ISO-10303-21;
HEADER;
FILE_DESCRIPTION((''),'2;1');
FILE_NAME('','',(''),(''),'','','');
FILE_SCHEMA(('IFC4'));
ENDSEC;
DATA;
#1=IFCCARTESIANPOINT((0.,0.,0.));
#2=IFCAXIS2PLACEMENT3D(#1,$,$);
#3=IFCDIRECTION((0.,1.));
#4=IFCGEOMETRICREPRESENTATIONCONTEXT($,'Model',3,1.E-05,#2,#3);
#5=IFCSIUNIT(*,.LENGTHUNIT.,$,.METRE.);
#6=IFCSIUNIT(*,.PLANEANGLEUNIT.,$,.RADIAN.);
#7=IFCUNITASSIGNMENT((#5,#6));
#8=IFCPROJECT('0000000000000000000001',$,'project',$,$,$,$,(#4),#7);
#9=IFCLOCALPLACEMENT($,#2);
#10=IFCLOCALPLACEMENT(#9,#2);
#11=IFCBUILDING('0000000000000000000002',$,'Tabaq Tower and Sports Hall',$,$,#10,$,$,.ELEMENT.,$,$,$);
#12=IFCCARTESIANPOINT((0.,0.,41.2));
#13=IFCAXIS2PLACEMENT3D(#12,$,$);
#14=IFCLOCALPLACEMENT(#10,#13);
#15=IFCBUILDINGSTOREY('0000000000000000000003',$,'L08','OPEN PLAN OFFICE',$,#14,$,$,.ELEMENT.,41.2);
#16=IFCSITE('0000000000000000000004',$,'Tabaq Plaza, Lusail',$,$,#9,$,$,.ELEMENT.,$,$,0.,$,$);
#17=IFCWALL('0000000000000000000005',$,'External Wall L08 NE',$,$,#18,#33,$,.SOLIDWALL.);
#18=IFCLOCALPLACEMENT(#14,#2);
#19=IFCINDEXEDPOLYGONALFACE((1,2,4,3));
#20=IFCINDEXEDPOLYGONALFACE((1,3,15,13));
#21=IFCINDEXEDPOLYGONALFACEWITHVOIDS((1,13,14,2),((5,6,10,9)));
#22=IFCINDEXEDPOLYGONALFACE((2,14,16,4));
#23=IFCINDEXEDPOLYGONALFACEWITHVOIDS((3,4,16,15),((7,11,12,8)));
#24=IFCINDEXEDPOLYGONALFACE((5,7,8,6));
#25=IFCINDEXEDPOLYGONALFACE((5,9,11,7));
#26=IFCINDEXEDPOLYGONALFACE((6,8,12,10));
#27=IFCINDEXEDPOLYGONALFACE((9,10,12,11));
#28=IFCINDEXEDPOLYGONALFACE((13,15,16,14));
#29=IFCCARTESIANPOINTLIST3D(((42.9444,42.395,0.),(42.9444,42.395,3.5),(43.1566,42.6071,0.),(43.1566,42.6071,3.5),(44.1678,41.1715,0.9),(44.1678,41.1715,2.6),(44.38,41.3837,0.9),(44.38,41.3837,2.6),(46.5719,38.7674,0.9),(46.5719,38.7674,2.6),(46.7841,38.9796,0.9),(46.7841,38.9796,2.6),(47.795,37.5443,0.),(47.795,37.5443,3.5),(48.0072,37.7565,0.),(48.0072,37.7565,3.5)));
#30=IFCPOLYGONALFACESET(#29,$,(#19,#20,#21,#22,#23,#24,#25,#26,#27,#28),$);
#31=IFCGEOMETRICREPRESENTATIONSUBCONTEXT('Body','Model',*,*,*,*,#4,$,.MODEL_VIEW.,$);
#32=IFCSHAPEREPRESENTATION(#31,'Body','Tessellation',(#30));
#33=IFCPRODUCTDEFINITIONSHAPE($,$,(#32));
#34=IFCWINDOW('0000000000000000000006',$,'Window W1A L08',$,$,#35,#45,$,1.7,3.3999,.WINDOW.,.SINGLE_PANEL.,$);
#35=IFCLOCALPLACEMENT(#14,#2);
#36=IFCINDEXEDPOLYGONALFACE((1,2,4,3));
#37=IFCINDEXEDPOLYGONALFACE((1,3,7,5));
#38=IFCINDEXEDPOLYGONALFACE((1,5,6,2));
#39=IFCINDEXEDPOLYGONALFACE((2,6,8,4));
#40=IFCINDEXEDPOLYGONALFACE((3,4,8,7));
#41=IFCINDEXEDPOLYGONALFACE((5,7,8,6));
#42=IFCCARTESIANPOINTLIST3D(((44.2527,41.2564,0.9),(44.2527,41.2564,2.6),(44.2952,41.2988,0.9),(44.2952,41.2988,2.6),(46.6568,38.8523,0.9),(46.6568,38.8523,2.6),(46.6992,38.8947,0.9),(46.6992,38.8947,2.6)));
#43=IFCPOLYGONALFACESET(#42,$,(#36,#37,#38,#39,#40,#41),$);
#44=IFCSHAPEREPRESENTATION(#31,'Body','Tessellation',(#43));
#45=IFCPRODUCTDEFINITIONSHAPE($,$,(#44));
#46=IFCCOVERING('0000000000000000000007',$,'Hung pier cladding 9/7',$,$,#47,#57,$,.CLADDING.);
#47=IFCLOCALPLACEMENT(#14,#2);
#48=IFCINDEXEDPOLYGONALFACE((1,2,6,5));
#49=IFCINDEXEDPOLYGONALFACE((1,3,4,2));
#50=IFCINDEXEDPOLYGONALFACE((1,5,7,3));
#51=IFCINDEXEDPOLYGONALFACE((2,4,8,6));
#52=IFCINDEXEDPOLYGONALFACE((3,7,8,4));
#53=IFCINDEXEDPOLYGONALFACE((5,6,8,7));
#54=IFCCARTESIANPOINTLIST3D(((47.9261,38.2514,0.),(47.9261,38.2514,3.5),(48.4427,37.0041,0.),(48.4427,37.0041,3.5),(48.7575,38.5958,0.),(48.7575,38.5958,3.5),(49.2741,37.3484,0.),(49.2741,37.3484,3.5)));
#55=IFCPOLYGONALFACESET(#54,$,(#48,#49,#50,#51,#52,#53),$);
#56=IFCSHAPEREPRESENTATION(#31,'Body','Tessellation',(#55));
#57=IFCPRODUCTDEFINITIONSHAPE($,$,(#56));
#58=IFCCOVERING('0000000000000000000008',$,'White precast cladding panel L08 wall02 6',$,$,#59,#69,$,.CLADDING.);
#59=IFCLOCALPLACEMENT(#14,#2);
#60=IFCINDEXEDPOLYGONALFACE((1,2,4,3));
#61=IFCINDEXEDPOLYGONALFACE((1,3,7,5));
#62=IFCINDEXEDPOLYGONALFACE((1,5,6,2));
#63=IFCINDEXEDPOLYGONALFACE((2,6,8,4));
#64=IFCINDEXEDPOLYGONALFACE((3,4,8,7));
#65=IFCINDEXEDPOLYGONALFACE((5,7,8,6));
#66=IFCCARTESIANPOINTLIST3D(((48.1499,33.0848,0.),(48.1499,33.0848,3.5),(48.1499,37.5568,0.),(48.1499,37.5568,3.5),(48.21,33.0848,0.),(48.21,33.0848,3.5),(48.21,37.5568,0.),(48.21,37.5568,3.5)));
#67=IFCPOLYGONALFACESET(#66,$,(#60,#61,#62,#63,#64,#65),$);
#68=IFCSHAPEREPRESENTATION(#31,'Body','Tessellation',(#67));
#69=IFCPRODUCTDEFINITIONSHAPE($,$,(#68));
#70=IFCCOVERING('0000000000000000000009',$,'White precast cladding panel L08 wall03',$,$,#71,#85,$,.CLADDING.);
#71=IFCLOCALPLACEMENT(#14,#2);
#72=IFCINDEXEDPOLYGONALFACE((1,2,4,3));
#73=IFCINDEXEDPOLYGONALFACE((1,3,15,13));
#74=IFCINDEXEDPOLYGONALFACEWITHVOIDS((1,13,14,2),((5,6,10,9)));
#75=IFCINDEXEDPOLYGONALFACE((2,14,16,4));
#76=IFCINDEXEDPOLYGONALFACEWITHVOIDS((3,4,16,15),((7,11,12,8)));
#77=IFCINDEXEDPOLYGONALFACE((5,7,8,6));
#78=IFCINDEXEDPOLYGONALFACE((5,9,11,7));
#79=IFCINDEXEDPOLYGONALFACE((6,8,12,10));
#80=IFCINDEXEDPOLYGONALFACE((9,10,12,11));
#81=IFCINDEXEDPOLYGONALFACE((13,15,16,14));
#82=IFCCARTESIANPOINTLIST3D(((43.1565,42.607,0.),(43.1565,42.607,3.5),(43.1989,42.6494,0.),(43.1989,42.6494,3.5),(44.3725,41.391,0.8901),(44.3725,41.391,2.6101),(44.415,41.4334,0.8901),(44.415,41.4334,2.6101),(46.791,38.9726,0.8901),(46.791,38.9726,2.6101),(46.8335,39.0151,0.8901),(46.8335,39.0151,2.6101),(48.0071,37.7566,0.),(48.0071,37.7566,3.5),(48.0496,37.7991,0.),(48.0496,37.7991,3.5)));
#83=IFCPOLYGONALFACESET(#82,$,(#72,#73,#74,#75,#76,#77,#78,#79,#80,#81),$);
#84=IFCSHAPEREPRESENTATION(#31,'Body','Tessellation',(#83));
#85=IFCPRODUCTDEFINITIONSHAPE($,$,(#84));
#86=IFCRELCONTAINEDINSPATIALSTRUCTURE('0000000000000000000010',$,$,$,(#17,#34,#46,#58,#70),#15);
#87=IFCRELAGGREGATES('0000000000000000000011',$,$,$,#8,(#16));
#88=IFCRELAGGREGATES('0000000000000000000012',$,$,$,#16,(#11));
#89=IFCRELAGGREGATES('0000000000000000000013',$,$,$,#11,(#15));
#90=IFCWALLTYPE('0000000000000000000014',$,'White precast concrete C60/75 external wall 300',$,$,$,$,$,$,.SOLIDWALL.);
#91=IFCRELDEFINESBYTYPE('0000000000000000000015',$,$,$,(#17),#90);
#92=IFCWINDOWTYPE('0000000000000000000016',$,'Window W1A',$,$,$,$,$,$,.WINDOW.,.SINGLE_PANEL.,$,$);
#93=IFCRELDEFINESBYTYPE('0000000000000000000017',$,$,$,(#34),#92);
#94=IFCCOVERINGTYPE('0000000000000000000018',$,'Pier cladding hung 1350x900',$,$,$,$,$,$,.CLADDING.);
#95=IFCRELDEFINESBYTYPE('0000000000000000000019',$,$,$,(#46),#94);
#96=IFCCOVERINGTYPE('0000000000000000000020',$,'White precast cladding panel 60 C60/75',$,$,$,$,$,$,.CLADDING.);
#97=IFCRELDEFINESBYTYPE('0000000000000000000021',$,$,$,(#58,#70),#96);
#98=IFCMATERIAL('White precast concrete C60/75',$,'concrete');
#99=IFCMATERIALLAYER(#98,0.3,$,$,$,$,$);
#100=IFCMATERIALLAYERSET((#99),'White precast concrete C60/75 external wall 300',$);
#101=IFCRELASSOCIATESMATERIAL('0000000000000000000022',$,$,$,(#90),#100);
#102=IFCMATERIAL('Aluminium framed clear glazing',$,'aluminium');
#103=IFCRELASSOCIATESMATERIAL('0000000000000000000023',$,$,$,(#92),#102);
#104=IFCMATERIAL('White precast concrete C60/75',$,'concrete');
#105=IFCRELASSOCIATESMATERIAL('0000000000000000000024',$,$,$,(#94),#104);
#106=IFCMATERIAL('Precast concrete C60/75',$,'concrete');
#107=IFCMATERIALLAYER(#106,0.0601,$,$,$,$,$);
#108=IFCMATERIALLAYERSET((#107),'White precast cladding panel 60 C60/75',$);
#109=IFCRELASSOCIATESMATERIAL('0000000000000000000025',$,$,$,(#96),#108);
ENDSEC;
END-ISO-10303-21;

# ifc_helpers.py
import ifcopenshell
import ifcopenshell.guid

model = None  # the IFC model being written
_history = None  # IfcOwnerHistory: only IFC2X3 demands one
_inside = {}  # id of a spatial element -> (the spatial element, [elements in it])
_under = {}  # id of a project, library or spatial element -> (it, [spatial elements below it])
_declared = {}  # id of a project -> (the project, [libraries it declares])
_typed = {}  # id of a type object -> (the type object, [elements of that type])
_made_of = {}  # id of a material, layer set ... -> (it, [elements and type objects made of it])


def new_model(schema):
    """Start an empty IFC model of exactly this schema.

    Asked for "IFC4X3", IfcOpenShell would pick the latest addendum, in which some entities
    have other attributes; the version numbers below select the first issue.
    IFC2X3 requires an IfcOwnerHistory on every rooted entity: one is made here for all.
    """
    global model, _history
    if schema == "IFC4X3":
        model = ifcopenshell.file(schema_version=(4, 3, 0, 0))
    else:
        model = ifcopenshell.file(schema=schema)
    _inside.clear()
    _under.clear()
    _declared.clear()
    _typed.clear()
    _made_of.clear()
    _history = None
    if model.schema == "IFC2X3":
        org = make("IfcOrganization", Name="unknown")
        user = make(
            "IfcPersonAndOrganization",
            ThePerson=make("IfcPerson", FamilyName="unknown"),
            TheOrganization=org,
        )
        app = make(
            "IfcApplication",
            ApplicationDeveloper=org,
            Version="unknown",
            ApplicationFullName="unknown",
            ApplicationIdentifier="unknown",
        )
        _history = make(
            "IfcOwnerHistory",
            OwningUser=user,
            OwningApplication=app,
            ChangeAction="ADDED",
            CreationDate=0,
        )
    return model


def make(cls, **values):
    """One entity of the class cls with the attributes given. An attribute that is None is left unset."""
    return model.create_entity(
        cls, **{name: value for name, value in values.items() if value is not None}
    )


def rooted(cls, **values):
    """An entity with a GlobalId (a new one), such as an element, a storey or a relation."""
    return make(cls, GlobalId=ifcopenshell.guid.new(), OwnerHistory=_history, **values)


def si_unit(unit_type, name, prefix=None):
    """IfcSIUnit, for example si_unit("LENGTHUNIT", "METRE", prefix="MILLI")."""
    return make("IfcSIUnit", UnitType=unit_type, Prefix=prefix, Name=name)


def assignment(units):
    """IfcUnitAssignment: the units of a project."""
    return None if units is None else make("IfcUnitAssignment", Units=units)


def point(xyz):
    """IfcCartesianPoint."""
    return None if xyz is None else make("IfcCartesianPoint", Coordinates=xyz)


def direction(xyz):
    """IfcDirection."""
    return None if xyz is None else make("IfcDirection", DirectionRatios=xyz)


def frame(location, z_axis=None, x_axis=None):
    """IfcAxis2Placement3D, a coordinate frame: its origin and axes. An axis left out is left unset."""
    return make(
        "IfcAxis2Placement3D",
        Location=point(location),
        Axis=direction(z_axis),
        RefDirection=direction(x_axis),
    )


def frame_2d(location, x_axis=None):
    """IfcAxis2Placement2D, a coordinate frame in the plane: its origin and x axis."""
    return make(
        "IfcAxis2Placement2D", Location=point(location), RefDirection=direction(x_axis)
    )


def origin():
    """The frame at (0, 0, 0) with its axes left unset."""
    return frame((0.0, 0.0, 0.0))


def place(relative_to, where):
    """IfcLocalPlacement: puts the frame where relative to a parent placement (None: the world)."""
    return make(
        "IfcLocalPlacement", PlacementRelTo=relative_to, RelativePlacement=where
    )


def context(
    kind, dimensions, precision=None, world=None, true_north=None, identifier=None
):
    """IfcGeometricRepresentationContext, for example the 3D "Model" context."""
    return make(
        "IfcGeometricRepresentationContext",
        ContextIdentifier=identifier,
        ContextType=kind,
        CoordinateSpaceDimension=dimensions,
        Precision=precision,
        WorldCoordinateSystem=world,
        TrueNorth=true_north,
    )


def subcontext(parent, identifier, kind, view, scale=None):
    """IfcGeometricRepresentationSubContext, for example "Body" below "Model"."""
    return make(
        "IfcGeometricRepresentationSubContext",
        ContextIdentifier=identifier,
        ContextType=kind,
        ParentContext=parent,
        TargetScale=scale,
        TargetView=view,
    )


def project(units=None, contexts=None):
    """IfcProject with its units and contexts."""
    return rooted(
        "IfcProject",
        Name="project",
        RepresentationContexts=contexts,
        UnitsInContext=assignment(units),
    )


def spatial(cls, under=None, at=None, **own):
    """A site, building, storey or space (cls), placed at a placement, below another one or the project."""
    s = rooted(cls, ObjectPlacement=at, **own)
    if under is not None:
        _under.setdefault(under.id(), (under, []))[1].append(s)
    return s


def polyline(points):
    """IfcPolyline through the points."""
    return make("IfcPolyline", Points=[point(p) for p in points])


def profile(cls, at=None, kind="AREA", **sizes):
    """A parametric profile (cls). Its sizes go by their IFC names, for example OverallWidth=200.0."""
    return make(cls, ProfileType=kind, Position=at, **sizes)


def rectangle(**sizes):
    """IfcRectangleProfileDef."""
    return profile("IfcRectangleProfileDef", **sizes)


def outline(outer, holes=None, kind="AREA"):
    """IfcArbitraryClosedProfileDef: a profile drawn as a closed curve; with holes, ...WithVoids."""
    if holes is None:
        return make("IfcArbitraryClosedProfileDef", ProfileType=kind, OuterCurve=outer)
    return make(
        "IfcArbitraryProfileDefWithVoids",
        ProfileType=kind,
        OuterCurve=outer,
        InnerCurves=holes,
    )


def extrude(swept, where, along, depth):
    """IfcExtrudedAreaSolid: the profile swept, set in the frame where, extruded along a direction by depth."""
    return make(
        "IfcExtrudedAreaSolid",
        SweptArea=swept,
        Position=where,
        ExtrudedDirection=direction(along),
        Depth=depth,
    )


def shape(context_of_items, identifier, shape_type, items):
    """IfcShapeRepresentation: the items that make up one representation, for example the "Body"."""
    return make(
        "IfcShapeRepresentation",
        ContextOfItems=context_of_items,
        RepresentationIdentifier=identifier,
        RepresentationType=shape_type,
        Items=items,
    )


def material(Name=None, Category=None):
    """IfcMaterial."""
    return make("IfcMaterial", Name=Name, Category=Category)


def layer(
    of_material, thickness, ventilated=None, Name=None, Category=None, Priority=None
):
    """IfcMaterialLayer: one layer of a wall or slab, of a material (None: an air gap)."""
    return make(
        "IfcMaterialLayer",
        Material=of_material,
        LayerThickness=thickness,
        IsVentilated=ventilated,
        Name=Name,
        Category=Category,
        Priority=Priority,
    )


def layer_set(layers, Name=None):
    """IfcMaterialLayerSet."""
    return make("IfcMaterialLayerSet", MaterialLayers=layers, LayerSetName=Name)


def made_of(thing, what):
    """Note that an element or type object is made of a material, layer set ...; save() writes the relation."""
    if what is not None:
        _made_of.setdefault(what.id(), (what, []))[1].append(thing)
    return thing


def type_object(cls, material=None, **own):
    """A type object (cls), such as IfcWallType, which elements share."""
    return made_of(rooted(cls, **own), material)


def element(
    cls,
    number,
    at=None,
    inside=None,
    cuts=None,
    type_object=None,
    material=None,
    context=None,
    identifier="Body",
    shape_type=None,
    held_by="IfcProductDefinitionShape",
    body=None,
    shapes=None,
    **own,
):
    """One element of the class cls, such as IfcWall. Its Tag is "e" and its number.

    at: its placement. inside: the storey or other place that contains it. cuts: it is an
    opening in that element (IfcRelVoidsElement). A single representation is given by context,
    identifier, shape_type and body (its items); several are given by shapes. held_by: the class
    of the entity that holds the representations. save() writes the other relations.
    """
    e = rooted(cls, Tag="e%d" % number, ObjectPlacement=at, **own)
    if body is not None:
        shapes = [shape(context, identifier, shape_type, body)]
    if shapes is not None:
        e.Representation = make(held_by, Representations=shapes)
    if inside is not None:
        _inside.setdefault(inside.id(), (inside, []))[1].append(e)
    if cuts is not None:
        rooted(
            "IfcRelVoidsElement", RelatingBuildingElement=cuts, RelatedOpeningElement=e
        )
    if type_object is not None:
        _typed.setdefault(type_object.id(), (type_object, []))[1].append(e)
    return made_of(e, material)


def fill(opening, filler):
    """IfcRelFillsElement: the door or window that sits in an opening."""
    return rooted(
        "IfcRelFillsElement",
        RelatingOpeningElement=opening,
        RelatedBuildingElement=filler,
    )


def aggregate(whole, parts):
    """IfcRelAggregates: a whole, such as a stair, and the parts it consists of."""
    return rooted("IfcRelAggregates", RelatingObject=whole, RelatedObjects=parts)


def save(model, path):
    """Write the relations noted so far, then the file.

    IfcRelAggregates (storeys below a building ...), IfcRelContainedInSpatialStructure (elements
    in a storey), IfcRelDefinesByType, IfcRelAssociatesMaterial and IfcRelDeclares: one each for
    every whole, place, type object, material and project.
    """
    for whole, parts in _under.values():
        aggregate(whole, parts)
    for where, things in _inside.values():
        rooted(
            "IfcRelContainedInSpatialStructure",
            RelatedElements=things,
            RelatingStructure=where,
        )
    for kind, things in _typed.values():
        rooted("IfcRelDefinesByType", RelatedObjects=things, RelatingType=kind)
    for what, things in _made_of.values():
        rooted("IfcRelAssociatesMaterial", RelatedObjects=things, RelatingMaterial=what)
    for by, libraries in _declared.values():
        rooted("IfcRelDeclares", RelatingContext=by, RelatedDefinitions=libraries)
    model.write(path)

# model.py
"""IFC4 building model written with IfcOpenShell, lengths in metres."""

from ifc_helpers import new_model, si_unit, direction, frame, frame_2d, origin, place, context, subcontext, project, spatial, polyline, rectangle, outline, extrude, material, layer, layer_set, type_object, element, fill, save


model = new_model("IFC4")

# Units and contexts
model_context = context("Model", 3, precision=1e-05, world=origin(), true_north=direction((0.0, 1.0)))
body_context = subcontext(model_context, "Body", "Model", "MODEL_VIEW")
ifc_project = project(units=[si_unit("LENGTHUNIT", "METRE"), si_unit("PLANEANGLEUNIT", "RADIAN")], contexts=[model_context])

# Site, building, storey
site_placement = place(None, origin())
site = spatial("IfcSite", under=ifc_project, at=site_placement, Name="Tabaq Plaza, Lusail", CompositionType="ELEMENT", RefElevation=0.0)
building_placement = place(site_placement, origin())
building = spatial("IfcBuilding", under=site, at=building_placement, Name="Tabaq Tower and Sports Hall", CompositionType="ELEMENT")
storey_placement = place(building_placement, frame((0.0, 0.0, 41.2)))
storey = spatial("IfcBuildingStorey", under=building, at=storey_placement, Name="L08", Description="OPEN PLAN OFFICE", CompositionType="ELEMENT", Elevation=41.2)

# Wall, opening, window
ifc_material_1 = material(Name="White precast concrete C60/75", Category="concrete")
ifc_layer_1 = layer(ifc_material_1, 0.3)
ifc_layer_set_1 = layer_set([ifc_layer_1], Name="White precast concrete C60/75 external wall 300")
wall_type_1 = type_object("IfcWallType", Name="White precast concrete C60/75 external wall 300", PredefinedType="SOLIDWALL", material=ifc_layer_set_1)
wall_1_placement = place(storey_placement, frame((47.9011, 37.6504, 0.0), z_axis=(0.0, 0.0, 1.0), x_axis=(-0.707107, 0.707107, 0.0)))
wall_1 = element("IfcWall", 1, at=wall_1_placement, inside=storey, type_object=wall_type_1, Name="External Wall L08 NE", PredefinedType="SOLIDWALL", context=body_context, shape_type="SweptSolid", body=[
    extrude(rectangle(XDim=6.8599, YDim=0.3, at=frame_2d((3.4299, 0.0))), origin(), (0.0, 0.0, 1.0), 3.5),
])
opening_1_placement = place(wall_1_placement, frame((1.7297, 0.0, 0.8999)))
opening_1 = element("IfcOpeningElement", 2, at=opening_1_placement, cuts=wall_1, PredefinedType="OPENING", context=body_context, shape_type="SweptSolid", body=[
    extrude(rectangle(XDim=3.3999, YDim=1.7, at=frame_2d((1.7, 0.8501))), frame((0.0, 0.1602, 0.0), z_axis=(0.0, -1.0, 0.0), x_axis=(1.0, 0.0, 0.0)), (0.0, 0.0, 1.0), 0.3201),
])
ifc_material_2 = material(Name="Aluminium framed clear glazing", Category="aluminium")
window_type = type_object("IfcWindowType", Name="Window W1A", PartitioningType="SINGLE_PANEL", PredefinedType="WINDOW", material=ifc_material_2)
window_placement = place(opening_1_placement, origin())
window = element("IfcWindow", 3, at=window_placement, inside=storey, type_object=window_type, Name="Window W1A L08", OverallHeight=1.7, OverallWidth=3.3999, PartitioningType="SINGLE_PANEL", PredefinedType="WINDOW", context=body_context, shape_type="SweptSolid", body=[
    extrude(rectangle(XDim=3.3999, YDim=1.7, at=frame_2d((1.7, 0.8501))), frame((0.0, 0.03, 0.0), z_axis=(0.0, -1.0, 0.0), x_axis=(1.0, 0.0, 0.0)), (0.0, 0.0, 1.0), 0.0601),
])
fill(opening_1, window)

# Coverings
ifc_material_3 = material(Name="White precast concrete C60/75", Category="concrete")
covering_type_1 = type_object("IfcCoveringType", Name="Pier cladding hung 1350x900", PredefinedType="CLADDING", material=ifc_material_3)
covering_1_placement = place(storey_placement, frame((48.8584, 37.1763, 0.0), z_axis=(0.0, 0.0, 1.0), x_axis=(-0.38265, 0.923893, 0.0)))
element("IfcCovering", 4, at=covering_1_placement, inside=storey, type_object=covering_type_1, Name="Hung pier cladding 9/7", PredefinedType="CLADDING", context=body_context, shape_type="SweptSolid", body=[
    extrude(rectangle(XDim=1.3501, YDim=0.8999, at=frame_2d((0.675, 0.0))), origin(), (0.0, 0.0, 1.0), 3.5),
])
ifc_material_4 = material(Name="Precast concrete C60/75", Category="concrete")
ifc_layer_2 = layer(ifc_material_4, 0.0601)
ifc_layer_set_2 = layer_set([ifc_layer_2], Name="White precast cladding panel 60 C60/75")
covering_type_2 = type_object("IfcCoveringType", Name="White precast cladding panel 60 C60/75", PredefinedType="CLADDING", material=ifc_layer_set_2)
covering_2_placement = place(storey_placement, frame((48.1799, 33.085, 0.0), z_axis=(0.0, 0.0, 1.0), x_axis=(0.0, 1.0, 0.0)))
element("IfcCovering", 5, at=covering_2_placement, inside=storey, type_object=covering_type_2, Name="White precast cladding panel L08 wall02 6", PredefinedType="CLADDING", context=body_context, shape_type="SweptSolid", body=[
    extrude(rectangle(XDim=4.4719, YDim=0.0601, at=frame_2d((2.2358, 0.0))), origin(), (0.0, 0.0, 1.0), 3.5),
])
covering_3_placement = place(storey_placement, frame((48.0283, 37.7778, 0.0), z_axis=(0.0, 0.0, 1.0), x_axis=(-0.707125, 0.707089, 0.0)))
element("IfcCovering", 6, at=covering_3_placement, inside=storey, type_object=covering_type_2, Name="White precast cladding panel L08 wall03", PredefinedType="CLADDING", context=body_context, shape_type="SweptSolid", body=[
    extrude(outline(polyline([(0.0, 0.0), (6.8596, 0.0), (6.8596, 3.5), (0.0, 3.5), (0.0, 0.0)]), holes=[polyline([(1.7197, 0.8901), (1.7197, 2.6101), (5.1399, 2.6101), (5.1399, 0.8901), (1.7197, 0.8901)])]), frame((0.0, 0.03, 0.0), z_axis=(0.0, -1.0, 0.0), x_axis=(1.0, 0.0, 0.0)), (0.0, 0.0, 1.0), 0.0601),
])

save(model, "model.ifc")
